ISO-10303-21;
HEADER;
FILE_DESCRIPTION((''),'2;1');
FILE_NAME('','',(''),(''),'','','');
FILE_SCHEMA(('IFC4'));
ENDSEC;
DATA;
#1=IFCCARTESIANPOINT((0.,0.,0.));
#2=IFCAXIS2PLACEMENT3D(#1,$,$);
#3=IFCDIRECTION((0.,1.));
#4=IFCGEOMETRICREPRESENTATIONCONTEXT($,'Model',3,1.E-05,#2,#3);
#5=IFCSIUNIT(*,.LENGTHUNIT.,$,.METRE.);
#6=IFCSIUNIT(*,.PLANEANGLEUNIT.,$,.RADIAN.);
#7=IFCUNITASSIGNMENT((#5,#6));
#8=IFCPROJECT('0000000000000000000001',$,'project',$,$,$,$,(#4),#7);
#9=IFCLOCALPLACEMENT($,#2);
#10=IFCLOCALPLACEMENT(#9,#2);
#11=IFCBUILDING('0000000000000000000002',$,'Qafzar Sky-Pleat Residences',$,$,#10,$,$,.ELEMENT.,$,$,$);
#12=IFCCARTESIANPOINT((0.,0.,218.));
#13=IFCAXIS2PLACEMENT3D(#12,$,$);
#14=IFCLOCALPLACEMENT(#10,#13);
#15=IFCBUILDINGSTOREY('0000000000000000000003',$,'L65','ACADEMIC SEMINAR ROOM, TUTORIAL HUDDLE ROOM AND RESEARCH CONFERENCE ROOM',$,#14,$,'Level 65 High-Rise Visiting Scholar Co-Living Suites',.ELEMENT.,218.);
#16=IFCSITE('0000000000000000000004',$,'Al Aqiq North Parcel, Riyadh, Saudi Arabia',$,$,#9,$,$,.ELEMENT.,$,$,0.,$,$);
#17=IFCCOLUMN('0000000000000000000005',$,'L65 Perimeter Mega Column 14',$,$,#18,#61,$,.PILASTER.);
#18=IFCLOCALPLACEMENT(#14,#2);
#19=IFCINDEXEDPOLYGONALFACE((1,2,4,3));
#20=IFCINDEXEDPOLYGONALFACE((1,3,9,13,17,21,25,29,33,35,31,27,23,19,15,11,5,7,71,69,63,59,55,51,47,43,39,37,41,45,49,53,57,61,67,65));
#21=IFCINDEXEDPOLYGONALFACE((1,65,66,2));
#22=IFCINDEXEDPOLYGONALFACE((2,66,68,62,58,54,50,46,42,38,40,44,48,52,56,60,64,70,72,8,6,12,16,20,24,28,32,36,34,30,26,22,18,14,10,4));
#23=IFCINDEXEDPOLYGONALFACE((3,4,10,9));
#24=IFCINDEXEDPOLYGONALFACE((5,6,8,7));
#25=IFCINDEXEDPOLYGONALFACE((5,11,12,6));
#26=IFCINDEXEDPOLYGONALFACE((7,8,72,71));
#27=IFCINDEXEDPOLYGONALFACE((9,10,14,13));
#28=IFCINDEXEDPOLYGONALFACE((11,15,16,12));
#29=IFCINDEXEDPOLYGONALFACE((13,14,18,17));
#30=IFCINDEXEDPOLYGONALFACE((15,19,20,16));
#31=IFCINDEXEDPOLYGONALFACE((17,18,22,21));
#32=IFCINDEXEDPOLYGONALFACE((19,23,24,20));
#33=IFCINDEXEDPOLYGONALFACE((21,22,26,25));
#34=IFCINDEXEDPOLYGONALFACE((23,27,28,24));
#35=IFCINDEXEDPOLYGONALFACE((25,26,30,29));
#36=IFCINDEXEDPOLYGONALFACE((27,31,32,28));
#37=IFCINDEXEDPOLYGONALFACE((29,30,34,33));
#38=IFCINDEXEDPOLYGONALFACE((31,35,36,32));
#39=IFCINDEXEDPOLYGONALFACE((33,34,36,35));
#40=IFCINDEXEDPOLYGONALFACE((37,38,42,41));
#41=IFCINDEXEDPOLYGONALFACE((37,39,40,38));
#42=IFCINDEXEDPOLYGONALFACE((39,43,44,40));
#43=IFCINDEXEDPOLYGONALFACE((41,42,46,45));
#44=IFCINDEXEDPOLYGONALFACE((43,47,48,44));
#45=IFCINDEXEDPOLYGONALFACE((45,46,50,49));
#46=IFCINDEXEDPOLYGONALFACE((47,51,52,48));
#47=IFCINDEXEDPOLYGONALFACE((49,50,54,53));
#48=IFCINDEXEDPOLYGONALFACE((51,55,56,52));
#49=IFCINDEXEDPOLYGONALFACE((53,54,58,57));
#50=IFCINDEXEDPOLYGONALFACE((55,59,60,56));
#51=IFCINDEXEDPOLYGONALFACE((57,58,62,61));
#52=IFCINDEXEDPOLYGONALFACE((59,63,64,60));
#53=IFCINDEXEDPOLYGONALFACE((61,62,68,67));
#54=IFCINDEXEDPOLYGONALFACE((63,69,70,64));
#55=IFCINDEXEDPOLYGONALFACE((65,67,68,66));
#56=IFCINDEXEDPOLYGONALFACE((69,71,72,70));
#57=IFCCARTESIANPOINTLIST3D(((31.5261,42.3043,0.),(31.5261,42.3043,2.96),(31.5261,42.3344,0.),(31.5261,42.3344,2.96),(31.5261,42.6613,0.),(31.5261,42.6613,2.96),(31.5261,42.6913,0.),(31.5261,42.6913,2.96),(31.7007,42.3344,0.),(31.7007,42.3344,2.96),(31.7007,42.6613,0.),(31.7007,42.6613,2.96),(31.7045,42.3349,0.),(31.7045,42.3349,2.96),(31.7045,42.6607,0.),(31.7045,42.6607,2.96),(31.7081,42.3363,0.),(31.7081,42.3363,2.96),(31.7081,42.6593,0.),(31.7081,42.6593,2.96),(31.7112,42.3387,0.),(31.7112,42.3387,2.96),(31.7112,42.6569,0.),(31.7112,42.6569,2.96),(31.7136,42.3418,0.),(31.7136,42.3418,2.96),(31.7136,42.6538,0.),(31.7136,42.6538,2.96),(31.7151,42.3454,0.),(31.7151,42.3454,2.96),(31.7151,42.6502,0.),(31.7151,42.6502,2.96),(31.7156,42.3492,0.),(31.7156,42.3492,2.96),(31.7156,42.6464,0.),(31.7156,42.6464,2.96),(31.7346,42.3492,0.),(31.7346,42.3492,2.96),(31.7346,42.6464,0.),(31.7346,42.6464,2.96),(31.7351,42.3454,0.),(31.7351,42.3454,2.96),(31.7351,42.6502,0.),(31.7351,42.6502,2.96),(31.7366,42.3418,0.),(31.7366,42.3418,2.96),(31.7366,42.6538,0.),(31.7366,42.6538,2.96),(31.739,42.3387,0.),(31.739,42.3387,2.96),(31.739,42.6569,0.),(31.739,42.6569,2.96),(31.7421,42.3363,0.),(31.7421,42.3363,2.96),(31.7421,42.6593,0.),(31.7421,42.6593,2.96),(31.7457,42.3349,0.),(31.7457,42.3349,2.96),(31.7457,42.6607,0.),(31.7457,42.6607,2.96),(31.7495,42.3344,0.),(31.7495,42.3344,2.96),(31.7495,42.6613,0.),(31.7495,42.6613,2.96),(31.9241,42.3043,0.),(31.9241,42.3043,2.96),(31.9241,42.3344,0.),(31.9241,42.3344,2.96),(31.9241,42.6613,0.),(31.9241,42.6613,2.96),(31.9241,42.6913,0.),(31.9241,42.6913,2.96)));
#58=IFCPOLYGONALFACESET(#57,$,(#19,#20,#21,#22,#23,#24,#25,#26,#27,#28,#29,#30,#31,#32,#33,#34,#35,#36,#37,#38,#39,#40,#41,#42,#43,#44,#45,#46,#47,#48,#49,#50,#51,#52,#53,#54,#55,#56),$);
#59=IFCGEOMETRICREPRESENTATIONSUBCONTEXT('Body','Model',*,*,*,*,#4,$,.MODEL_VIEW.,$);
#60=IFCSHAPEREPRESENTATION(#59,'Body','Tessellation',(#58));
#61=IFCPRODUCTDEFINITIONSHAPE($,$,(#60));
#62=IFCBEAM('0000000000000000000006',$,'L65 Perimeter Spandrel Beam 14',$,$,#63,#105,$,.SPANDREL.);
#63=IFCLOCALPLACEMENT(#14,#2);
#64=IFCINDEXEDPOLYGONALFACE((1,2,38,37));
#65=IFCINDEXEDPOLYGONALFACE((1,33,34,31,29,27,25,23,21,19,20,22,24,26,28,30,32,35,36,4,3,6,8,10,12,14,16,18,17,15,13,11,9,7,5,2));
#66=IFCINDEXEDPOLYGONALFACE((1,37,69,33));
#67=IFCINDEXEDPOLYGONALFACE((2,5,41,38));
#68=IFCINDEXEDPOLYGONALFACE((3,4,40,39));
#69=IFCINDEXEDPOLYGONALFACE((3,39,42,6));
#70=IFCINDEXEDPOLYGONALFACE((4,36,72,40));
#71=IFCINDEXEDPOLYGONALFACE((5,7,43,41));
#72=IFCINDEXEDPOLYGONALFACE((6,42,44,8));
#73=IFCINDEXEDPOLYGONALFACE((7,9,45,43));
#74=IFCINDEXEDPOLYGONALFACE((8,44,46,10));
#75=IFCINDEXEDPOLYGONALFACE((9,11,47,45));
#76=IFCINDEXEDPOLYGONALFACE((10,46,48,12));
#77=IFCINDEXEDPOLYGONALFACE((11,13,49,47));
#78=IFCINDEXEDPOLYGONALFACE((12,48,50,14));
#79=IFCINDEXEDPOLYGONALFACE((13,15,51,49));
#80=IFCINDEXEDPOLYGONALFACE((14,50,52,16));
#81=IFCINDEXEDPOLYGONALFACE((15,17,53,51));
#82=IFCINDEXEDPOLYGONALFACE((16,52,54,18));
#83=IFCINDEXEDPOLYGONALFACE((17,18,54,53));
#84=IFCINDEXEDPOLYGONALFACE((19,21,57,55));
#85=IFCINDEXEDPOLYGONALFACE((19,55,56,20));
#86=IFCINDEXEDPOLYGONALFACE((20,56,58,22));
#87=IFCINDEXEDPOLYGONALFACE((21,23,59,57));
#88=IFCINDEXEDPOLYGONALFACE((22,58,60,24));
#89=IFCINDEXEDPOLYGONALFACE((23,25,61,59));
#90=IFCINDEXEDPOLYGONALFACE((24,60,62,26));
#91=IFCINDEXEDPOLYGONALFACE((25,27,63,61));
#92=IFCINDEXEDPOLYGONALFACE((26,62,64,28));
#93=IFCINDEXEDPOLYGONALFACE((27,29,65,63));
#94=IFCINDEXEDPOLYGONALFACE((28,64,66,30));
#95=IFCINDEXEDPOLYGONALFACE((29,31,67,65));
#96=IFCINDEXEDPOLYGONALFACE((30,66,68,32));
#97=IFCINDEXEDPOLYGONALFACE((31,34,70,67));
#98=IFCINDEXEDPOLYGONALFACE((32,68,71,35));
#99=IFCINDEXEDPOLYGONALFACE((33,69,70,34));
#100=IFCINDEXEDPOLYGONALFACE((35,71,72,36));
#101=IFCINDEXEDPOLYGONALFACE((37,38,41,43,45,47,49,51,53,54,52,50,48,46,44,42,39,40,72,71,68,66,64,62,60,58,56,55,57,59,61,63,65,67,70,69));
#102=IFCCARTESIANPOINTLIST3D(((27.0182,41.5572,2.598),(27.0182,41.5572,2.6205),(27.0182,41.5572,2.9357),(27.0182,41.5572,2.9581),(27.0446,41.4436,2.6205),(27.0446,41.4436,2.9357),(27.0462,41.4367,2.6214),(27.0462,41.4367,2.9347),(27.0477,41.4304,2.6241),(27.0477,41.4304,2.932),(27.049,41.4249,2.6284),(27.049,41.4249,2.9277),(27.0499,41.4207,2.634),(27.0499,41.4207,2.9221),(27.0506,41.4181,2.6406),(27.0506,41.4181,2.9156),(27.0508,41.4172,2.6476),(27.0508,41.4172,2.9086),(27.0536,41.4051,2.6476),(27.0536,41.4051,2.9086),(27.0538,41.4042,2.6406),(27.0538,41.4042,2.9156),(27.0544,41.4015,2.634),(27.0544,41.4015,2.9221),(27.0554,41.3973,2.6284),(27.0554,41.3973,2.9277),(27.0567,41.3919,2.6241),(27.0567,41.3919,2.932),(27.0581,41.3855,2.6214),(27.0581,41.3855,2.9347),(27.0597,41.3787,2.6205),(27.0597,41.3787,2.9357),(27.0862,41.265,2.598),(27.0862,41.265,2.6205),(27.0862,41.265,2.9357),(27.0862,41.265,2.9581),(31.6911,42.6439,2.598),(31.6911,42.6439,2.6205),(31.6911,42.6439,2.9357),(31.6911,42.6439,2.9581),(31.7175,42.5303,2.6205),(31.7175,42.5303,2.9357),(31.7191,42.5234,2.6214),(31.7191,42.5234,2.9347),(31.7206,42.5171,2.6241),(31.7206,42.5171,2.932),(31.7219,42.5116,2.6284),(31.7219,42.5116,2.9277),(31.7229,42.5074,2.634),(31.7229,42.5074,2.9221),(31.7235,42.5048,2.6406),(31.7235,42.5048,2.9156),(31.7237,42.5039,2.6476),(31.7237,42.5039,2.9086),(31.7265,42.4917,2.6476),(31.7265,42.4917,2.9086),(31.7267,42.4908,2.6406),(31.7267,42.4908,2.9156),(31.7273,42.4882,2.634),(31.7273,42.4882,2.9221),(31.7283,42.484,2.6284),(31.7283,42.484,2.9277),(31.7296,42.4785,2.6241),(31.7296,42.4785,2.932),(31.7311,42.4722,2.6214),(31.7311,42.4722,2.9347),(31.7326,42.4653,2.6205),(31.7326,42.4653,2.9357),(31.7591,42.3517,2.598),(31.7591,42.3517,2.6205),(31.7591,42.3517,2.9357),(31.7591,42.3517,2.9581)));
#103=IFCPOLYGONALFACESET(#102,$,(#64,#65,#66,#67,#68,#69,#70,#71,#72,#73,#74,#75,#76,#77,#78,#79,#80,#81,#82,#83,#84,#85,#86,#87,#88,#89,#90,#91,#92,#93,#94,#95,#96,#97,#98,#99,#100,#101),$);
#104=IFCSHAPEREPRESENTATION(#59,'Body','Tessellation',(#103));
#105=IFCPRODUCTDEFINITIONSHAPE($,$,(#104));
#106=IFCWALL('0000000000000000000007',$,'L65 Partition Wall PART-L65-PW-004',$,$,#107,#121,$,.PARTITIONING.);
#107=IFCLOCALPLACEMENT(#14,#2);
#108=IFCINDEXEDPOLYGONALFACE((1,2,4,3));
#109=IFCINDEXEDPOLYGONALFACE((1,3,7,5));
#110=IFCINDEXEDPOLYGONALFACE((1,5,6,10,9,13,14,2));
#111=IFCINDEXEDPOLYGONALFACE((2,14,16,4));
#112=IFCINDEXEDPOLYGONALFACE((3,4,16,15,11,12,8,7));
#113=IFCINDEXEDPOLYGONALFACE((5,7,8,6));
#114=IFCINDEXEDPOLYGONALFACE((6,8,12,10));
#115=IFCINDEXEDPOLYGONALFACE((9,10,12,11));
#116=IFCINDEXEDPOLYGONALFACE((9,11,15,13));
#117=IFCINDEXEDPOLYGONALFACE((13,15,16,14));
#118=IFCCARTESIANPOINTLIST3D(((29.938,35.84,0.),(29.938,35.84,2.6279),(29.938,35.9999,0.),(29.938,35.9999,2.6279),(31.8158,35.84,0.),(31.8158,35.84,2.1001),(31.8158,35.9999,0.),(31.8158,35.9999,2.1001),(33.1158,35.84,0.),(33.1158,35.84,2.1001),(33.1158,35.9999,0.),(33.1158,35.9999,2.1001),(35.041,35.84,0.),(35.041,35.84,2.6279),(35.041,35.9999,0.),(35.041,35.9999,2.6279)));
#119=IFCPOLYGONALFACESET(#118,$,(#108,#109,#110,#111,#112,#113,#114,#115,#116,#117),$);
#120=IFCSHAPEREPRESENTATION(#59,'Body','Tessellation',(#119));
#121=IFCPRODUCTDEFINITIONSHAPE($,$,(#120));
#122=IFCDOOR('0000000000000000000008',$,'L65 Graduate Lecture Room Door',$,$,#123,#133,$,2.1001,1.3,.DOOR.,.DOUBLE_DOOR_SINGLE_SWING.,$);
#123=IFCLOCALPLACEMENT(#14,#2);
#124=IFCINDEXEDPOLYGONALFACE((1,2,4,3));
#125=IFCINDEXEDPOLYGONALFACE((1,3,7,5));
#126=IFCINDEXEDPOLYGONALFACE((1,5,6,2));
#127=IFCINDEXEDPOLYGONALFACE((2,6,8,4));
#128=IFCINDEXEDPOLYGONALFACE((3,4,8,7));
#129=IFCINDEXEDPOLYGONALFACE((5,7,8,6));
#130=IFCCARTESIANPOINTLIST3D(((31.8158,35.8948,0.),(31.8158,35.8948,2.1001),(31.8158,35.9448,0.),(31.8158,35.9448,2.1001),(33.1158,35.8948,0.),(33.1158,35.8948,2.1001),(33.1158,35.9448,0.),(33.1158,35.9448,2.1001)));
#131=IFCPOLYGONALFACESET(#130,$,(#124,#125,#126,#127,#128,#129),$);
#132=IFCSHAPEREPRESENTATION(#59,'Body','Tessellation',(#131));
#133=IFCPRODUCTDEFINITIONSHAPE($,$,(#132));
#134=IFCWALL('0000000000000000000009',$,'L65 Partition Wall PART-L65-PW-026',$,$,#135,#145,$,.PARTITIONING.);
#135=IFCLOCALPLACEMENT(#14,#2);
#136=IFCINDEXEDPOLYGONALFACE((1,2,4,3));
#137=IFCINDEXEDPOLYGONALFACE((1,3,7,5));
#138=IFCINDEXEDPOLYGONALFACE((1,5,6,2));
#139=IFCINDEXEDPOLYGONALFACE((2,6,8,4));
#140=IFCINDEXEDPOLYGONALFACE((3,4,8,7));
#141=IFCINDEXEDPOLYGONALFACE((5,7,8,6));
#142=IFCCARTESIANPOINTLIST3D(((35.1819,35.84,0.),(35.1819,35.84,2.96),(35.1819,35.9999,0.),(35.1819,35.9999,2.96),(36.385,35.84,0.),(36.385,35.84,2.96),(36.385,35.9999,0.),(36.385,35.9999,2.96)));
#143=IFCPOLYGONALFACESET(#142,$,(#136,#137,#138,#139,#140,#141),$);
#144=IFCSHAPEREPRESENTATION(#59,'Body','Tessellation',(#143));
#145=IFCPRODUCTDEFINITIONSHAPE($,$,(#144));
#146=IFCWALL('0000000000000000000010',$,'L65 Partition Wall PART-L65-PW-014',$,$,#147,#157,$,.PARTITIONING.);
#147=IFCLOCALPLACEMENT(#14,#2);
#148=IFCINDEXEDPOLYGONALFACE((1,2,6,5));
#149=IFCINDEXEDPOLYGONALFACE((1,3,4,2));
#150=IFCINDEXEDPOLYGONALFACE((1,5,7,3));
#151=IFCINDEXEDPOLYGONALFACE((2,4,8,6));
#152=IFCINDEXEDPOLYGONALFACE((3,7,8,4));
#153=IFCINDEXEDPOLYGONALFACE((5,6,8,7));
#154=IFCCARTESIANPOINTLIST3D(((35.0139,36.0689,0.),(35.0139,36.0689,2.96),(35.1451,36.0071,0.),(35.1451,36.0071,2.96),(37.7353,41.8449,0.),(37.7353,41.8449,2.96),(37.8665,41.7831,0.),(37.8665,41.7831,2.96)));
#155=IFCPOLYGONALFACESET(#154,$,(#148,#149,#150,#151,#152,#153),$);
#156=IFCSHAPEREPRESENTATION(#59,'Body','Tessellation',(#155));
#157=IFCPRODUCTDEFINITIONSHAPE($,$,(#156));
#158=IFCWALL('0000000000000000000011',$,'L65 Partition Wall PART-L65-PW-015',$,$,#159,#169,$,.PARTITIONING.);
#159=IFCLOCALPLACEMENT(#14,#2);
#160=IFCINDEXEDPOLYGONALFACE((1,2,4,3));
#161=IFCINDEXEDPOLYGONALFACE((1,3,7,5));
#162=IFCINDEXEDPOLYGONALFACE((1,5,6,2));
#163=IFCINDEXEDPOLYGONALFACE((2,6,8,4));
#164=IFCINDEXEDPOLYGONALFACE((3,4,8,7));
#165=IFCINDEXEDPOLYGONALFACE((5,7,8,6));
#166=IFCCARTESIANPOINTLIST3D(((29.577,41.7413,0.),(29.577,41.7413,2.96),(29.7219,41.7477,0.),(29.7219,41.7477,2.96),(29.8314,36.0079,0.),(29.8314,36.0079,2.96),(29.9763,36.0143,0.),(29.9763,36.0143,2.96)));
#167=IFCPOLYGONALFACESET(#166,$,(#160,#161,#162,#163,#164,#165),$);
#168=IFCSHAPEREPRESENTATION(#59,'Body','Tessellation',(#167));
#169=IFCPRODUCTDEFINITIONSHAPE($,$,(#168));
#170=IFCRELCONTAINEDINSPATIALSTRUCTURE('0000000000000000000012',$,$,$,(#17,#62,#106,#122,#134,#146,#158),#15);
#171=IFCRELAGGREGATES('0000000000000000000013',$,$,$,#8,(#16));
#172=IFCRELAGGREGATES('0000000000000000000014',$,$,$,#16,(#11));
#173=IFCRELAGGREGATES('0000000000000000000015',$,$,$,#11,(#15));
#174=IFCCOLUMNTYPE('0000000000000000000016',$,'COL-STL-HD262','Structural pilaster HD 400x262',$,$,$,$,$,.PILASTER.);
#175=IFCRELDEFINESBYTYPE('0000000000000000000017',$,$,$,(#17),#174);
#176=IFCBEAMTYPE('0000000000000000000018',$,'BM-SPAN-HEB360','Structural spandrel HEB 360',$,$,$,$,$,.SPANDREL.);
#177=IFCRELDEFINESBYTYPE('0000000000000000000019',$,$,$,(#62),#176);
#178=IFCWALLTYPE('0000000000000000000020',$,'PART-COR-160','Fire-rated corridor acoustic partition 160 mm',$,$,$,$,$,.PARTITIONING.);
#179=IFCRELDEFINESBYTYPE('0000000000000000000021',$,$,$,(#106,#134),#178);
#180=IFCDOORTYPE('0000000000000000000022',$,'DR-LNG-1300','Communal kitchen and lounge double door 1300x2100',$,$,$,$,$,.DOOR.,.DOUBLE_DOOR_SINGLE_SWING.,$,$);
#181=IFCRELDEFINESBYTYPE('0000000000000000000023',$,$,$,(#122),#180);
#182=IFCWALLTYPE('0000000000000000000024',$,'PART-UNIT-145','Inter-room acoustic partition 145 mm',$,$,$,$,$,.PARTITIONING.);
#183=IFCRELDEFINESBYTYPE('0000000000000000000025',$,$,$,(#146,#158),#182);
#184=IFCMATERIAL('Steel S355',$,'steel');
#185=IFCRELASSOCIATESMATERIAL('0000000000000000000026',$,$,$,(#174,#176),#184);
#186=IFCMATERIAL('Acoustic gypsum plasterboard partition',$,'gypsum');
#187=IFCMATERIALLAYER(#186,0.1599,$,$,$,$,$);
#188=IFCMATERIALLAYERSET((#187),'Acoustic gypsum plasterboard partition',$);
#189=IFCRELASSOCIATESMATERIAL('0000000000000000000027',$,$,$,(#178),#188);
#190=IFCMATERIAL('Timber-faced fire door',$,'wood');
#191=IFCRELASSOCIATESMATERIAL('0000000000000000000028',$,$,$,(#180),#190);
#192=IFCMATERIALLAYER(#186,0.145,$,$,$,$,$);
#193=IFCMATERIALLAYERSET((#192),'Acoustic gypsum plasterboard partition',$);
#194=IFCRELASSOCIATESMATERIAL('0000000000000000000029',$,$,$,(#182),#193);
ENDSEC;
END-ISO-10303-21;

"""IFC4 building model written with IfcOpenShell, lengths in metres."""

from ifc_helpers import new_model, si_unit, direction, frame, frame_2d, origin, origin_2d, place, context, subcontext, project, spatial, rectangle, i_section, extrude, source, transform, mapped, material, layer, layer_set, material_profile, profile_set, type_object, element, fill, save


model = new_model("IFC4")

# Units and contexts
model_context = context("Model", 3, precision=1e-05, world=origin(), true_north=direction((0.0, 1.0)))
body_context = subcontext(model_context, "Body", "Model", "MODEL_VIEW")
ifc_project = project(units=[si_unit("LENGTHUNIT", "METRE"), si_unit("PLANEANGLEUNIT", "RADIAN")], contexts=[model_context])

# Site, building, storey
site_placement = place(None, origin())
site = spatial("IfcSite", under=ifc_project, at=site_placement, Name="Al Aqiq North Parcel, Riyadh, Saudi Arabia", CompositionType="ELEMENT", RefElevation=0.0)
building_placement = place(site_placement, origin())
building = spatial("IfcBuilding", under=site, at=building_placement, Name="Qafzar Sky-Pleat Residences", CompositionType="ELEMENT")
storey_placement = place(building_placement, frame((0.0, 0.0, 218.0)))
storey = spatial("IfcBuildingStorey", under=building, at=storey_placement, Name="L65", Description="ACADEMIC SEMINAR ROOM, TUTORIAL HUDDLE ROOM AND RESEARCH CONFERENCE ROOM", LongName="Level 65 High-Rise Visiting Scholar Co-Living Suites", CompositionType="ELEMENT", Elevation=218.0)

# Column
ifc_material_1 = material(Name="Steel S355", Category="steel")
ifc_material_profile_1 = material_profile(ifc_material_1, i_section(OverallWidth=0.3979, OverallDepth=0.387, WebThickness=0.019, FlangeThickness=0.03, FilletRadius=0.0149, at=origin_2d()), Name="HD 400x262")
ifc_profile_set_1 = profile_set([ifc_material_profile_1], Name="Steel S355")
column_type = type_object("IfcColumnType", Name="COL-STL-HD262", Description="Structural pilaster HD 400x262", PredefinedType="PILASTER", material=ifc_profile_set_1)
shared_shape_1 = source(origin(), body_context, "Body", "SweptSolid", [
    extrude(i_section(OverallWidth=0.3979, OverallDepth=0.387, WebThickness=0.019, FlangeThickness=0.03, FilletRadius=0.0149, at=origin_2d()), origin(), (0.0, 0.0, 1.0), 2.96),
])
column_placement = place(storey_placement, frame((31.7251, 42.4978, 0.0), z_axis=(0.0, 0.0, 1.0), x_axis=(1.0, 0.0, 0.0)))
element("IfcColumn", 1, at=column_placement, inside=storey, type_object=column_type, Name="L65 Perimeter Mega Column 14", PredefinedType="PILASTER", context=body_context, shape_type="MappedRepresentation", body=[
    mapped(shared_shape_1, transform((0.0, 0.0, 0.0), x_axis=(1.0, 0.0, 0.0), y_axis=(0.0, 1.0, 0.0), z_axis=(0.0, 0.0, 1.0), scale=1.0)),
])

# Beam
ifc_material_profile_2 = material_profile(ifc_material_1, i_section(OverallWidth=0.3, OverallDepth=0.3601, WebThickness=0.0125, FlangeThickness=0.0225, FilletRadius=0.0271, at=origin_2d()), Name="HEB 360")
ifc_profile_set_2 = profile_set([ifc_material_profile_2], Name="Steel S355")
beam_type = type_object("IfcBeamType", Name="BM-SPAN-HEB360", Description="Structural spandrel HEB 360", PredefinedType="SPANDREL", material=ifc_profile_set_2)
shared_shape_2 = source(origin(), body_context, "Body", "SweptSolid", [
    extrude(i_section(OverallWidth=0.3, OverallDepth=0.3601, WebThickness=0.0125, FlangeThickness=0.0225, FilletRadius=0.0271, at=origin_2d()), origin(), (0.0, 0.0, 1.0), 4.7976),
])
beam_placement = place(storey_placement, frame((31.7251, 42.4978, 2.7781), z_axis=(-0.97401, -0.226506, 0.0), x_axis=(0.226506, -0.97401, 0.0)))
element("IfcBeam", 2, at=beam_placement, inside=storey, type_object=beam_type, Name="L65 Perimeter Spandrel Beam 14", PredefinedType="SPANDREL", context=body_context, shape_type="MappedRepresentation", body=[
    mapped(shared_shape_2, transform((0.0, 0.0, 0.0), x_axis=(1.0, 0.0, 0.0), y_axis=(0.0, 1.0, 0.0), z_axis=(0.0, 0.0, 1.0), scale=1.0)),
])

# Wall, opening, door
ifc_material_2 = material(Name="Acoustic gypsum plasterboard partition", Category="gypsum")
ifc_layer_1 = layer(ifc_material_2, 0.1599)
ifc_layer_set_1 = layer_set([ifc_layer_1], Name="Acoustic gypsum plasterboard partition")
wall_type_1 = type_object("IfcWallType", Name="PART-COR-160", Description="Fire-rated corridor acoustic partition 160 mm", PredefinedType="PARTITIONING", material=ifc_layer_set_1)
wall_1_placement = place(storey_placement, frame((29.938, 35.9199, 0.0), z_axis=(0.0, 0.0, 1.0), x_axis=(1.0, 0.0, 0.0)))
wall_1 = element("IfcWall", 3, at=wall_1_placement, inside=storey, type_object=wall_type_1, Name="L65 Partition Wall PART-L65-PW-004", PredefinedType="PARTITIONING", context=body_context, shape_type="SweptSolid", body=[
    extrude(rectangle(XDim=5.103, YDim=0.1599, at=frame_2d((2.5515, 0.0))), origin(), (0.0, 0.0, 1.0), 2.6279),
])
opening_1_placement = place(wall_1_placement, frame((1.8779, 0.0, 0.0)))
opening_1 = element("IfcOpeningElement", 4, at=opening_1_placement, cuts=wall_1, PredefinedType="OPENING", context=body_context, shape_type="SweptSolid", body=[
    extrude(rectangle(XDim=1.3, YDim=2.1001, at=frame_2d((0.6499, 1.05))), frame((0.0, 0.0898, 0.0), z_axis=(0.0, -1.0, 0.0), x_axis=(1.0, 0.0, 0.0)), (0.0, 0.0, 1.0), 0.1799),
])
ifc_material_3 = material(Name="Timber-faced fire door", Category="wood")
door_type_1 = type_object("IfcDoorType", Name="DR-LNG-1300", Description="Communal kitchen and lounge double door 1300x2100", OperationType="DOUBLE_DOOR_SINGLE_SWING", PredefinedType="DOOR", material=ifc_material_3)
shared_shape_3 = source(origin(), body_context, "Body", "SweptSolid", [
    extrude(rectangle(XDim=1.3, YDim=2.1001, at=frame_2d((0.6499, 1.05))), frame((0.0, 0.0249, 0.0), z_axis=(0.0, -1.0, 0.0), x_axis=(1.0, 0.0, 0.0)), (0.0, 0.0, 1.0), 0.05),
])
door_1_placement = place(opening_1_placement, origin())
door_1 = element("IfcDoor", 5, at=door_1_placement, inside=storey, type_object=door_type_1, Name="L65 Graduate Lecture Room Door", OperationType="DOUBLE_DOOR_SINGLE_SWING", OverallHeight=2.1001, OverallWidth=1.3, PredefinedType="DOOR", context=body_context, shape_type="MappedRepresentation", body=[
    mapped(shared_shape_3, transform((0.0, 0.0, 0.0), x_axis=(1.0, 0.0, 0.0), y_axis=(0.0, 1.0, 0.0), z_axis=(0.0, 0.0, 1.0), scale=1.0)),
])
fill(opening_1, door_1)

# Walls
wall_2_placement = place(storey_placement, frame((35.1819, 35.9199, 0.0), z_axis=(0.0, 0.0, 1.0), x_axis=(1.0, 0.0, 0.0)))
element("IfcWall", 6, at=wall_2_placement, inside=storey, type_object=wall_type_1, Name="L65 Partition Wall PART-L65-PW-026", PredefinedType="PARTITIONING", context=body_context, shape_type="SweptSolid", body=[
    extrude(rectangle(XDim=1.2031, YDim=0.1599, at=frame_2d((0.6016, 0.0))), origin(), (0.0, 0.0, 1.0), 2.96),
])
ifc_layer_2 = layer(ifc_material_2, 0.145)
ifc_layer_set_2 = layer_set([ifc_layer_2], Name="Acoustic gypsum plasterboard partition")
wall_type_2 = type_object("IfcWallType", Name="PART-UNIT-145", Description="Inter-room acoustic partition 145 mm", PredefinedType="PARTITIONING", material=ifc_layer_set_2)
wall_3_placement = place(storey_placement, frame((35.0796, 36.0381, 0.0), z_axis=(0.0, 0.0, 1.0), x_axis=(0.426215, 0.904622, 0.0)))
element("IfcWall", 7, at=wall_3_placement, inside=storey, type_object=wall_type_2, Name="L65 Partition Wall PART-L65-PW-014", PredefinedType="PARTITIONING", context=body_context, shape_type="SweptSolid", body=[
    extrude(rectangle(XDim=6.385, YDim=0.145, at=frame_2d((3.1924, 0.0))), origin(), (0.0, 0.0, 1.0), 2.96),
])
wall_4_placement = place(storey_placement, frame((29.6494, 41.7446, 0.0), z_axis=(0.0, 0.0, 1.0), x_axis=(0.044327, -0.999017, 0.0)))
element("IfcWall", 8, at=wall_4_placement, inside=storey, type_object=wall_type_2, Name="L65 Partition Wall PART-L65-PW-015", PredefinedType="PARTITIONING", context=body_context, shape_type="SweptSolid", body=[
    extrude(rectangle(XDim=5.739, YDim=0.145, at=frame_2d((2.8696, 0.0))), origin(), (0.0, 0.0, 1.0), 2.96),
])

save(model, "model.ifc")
